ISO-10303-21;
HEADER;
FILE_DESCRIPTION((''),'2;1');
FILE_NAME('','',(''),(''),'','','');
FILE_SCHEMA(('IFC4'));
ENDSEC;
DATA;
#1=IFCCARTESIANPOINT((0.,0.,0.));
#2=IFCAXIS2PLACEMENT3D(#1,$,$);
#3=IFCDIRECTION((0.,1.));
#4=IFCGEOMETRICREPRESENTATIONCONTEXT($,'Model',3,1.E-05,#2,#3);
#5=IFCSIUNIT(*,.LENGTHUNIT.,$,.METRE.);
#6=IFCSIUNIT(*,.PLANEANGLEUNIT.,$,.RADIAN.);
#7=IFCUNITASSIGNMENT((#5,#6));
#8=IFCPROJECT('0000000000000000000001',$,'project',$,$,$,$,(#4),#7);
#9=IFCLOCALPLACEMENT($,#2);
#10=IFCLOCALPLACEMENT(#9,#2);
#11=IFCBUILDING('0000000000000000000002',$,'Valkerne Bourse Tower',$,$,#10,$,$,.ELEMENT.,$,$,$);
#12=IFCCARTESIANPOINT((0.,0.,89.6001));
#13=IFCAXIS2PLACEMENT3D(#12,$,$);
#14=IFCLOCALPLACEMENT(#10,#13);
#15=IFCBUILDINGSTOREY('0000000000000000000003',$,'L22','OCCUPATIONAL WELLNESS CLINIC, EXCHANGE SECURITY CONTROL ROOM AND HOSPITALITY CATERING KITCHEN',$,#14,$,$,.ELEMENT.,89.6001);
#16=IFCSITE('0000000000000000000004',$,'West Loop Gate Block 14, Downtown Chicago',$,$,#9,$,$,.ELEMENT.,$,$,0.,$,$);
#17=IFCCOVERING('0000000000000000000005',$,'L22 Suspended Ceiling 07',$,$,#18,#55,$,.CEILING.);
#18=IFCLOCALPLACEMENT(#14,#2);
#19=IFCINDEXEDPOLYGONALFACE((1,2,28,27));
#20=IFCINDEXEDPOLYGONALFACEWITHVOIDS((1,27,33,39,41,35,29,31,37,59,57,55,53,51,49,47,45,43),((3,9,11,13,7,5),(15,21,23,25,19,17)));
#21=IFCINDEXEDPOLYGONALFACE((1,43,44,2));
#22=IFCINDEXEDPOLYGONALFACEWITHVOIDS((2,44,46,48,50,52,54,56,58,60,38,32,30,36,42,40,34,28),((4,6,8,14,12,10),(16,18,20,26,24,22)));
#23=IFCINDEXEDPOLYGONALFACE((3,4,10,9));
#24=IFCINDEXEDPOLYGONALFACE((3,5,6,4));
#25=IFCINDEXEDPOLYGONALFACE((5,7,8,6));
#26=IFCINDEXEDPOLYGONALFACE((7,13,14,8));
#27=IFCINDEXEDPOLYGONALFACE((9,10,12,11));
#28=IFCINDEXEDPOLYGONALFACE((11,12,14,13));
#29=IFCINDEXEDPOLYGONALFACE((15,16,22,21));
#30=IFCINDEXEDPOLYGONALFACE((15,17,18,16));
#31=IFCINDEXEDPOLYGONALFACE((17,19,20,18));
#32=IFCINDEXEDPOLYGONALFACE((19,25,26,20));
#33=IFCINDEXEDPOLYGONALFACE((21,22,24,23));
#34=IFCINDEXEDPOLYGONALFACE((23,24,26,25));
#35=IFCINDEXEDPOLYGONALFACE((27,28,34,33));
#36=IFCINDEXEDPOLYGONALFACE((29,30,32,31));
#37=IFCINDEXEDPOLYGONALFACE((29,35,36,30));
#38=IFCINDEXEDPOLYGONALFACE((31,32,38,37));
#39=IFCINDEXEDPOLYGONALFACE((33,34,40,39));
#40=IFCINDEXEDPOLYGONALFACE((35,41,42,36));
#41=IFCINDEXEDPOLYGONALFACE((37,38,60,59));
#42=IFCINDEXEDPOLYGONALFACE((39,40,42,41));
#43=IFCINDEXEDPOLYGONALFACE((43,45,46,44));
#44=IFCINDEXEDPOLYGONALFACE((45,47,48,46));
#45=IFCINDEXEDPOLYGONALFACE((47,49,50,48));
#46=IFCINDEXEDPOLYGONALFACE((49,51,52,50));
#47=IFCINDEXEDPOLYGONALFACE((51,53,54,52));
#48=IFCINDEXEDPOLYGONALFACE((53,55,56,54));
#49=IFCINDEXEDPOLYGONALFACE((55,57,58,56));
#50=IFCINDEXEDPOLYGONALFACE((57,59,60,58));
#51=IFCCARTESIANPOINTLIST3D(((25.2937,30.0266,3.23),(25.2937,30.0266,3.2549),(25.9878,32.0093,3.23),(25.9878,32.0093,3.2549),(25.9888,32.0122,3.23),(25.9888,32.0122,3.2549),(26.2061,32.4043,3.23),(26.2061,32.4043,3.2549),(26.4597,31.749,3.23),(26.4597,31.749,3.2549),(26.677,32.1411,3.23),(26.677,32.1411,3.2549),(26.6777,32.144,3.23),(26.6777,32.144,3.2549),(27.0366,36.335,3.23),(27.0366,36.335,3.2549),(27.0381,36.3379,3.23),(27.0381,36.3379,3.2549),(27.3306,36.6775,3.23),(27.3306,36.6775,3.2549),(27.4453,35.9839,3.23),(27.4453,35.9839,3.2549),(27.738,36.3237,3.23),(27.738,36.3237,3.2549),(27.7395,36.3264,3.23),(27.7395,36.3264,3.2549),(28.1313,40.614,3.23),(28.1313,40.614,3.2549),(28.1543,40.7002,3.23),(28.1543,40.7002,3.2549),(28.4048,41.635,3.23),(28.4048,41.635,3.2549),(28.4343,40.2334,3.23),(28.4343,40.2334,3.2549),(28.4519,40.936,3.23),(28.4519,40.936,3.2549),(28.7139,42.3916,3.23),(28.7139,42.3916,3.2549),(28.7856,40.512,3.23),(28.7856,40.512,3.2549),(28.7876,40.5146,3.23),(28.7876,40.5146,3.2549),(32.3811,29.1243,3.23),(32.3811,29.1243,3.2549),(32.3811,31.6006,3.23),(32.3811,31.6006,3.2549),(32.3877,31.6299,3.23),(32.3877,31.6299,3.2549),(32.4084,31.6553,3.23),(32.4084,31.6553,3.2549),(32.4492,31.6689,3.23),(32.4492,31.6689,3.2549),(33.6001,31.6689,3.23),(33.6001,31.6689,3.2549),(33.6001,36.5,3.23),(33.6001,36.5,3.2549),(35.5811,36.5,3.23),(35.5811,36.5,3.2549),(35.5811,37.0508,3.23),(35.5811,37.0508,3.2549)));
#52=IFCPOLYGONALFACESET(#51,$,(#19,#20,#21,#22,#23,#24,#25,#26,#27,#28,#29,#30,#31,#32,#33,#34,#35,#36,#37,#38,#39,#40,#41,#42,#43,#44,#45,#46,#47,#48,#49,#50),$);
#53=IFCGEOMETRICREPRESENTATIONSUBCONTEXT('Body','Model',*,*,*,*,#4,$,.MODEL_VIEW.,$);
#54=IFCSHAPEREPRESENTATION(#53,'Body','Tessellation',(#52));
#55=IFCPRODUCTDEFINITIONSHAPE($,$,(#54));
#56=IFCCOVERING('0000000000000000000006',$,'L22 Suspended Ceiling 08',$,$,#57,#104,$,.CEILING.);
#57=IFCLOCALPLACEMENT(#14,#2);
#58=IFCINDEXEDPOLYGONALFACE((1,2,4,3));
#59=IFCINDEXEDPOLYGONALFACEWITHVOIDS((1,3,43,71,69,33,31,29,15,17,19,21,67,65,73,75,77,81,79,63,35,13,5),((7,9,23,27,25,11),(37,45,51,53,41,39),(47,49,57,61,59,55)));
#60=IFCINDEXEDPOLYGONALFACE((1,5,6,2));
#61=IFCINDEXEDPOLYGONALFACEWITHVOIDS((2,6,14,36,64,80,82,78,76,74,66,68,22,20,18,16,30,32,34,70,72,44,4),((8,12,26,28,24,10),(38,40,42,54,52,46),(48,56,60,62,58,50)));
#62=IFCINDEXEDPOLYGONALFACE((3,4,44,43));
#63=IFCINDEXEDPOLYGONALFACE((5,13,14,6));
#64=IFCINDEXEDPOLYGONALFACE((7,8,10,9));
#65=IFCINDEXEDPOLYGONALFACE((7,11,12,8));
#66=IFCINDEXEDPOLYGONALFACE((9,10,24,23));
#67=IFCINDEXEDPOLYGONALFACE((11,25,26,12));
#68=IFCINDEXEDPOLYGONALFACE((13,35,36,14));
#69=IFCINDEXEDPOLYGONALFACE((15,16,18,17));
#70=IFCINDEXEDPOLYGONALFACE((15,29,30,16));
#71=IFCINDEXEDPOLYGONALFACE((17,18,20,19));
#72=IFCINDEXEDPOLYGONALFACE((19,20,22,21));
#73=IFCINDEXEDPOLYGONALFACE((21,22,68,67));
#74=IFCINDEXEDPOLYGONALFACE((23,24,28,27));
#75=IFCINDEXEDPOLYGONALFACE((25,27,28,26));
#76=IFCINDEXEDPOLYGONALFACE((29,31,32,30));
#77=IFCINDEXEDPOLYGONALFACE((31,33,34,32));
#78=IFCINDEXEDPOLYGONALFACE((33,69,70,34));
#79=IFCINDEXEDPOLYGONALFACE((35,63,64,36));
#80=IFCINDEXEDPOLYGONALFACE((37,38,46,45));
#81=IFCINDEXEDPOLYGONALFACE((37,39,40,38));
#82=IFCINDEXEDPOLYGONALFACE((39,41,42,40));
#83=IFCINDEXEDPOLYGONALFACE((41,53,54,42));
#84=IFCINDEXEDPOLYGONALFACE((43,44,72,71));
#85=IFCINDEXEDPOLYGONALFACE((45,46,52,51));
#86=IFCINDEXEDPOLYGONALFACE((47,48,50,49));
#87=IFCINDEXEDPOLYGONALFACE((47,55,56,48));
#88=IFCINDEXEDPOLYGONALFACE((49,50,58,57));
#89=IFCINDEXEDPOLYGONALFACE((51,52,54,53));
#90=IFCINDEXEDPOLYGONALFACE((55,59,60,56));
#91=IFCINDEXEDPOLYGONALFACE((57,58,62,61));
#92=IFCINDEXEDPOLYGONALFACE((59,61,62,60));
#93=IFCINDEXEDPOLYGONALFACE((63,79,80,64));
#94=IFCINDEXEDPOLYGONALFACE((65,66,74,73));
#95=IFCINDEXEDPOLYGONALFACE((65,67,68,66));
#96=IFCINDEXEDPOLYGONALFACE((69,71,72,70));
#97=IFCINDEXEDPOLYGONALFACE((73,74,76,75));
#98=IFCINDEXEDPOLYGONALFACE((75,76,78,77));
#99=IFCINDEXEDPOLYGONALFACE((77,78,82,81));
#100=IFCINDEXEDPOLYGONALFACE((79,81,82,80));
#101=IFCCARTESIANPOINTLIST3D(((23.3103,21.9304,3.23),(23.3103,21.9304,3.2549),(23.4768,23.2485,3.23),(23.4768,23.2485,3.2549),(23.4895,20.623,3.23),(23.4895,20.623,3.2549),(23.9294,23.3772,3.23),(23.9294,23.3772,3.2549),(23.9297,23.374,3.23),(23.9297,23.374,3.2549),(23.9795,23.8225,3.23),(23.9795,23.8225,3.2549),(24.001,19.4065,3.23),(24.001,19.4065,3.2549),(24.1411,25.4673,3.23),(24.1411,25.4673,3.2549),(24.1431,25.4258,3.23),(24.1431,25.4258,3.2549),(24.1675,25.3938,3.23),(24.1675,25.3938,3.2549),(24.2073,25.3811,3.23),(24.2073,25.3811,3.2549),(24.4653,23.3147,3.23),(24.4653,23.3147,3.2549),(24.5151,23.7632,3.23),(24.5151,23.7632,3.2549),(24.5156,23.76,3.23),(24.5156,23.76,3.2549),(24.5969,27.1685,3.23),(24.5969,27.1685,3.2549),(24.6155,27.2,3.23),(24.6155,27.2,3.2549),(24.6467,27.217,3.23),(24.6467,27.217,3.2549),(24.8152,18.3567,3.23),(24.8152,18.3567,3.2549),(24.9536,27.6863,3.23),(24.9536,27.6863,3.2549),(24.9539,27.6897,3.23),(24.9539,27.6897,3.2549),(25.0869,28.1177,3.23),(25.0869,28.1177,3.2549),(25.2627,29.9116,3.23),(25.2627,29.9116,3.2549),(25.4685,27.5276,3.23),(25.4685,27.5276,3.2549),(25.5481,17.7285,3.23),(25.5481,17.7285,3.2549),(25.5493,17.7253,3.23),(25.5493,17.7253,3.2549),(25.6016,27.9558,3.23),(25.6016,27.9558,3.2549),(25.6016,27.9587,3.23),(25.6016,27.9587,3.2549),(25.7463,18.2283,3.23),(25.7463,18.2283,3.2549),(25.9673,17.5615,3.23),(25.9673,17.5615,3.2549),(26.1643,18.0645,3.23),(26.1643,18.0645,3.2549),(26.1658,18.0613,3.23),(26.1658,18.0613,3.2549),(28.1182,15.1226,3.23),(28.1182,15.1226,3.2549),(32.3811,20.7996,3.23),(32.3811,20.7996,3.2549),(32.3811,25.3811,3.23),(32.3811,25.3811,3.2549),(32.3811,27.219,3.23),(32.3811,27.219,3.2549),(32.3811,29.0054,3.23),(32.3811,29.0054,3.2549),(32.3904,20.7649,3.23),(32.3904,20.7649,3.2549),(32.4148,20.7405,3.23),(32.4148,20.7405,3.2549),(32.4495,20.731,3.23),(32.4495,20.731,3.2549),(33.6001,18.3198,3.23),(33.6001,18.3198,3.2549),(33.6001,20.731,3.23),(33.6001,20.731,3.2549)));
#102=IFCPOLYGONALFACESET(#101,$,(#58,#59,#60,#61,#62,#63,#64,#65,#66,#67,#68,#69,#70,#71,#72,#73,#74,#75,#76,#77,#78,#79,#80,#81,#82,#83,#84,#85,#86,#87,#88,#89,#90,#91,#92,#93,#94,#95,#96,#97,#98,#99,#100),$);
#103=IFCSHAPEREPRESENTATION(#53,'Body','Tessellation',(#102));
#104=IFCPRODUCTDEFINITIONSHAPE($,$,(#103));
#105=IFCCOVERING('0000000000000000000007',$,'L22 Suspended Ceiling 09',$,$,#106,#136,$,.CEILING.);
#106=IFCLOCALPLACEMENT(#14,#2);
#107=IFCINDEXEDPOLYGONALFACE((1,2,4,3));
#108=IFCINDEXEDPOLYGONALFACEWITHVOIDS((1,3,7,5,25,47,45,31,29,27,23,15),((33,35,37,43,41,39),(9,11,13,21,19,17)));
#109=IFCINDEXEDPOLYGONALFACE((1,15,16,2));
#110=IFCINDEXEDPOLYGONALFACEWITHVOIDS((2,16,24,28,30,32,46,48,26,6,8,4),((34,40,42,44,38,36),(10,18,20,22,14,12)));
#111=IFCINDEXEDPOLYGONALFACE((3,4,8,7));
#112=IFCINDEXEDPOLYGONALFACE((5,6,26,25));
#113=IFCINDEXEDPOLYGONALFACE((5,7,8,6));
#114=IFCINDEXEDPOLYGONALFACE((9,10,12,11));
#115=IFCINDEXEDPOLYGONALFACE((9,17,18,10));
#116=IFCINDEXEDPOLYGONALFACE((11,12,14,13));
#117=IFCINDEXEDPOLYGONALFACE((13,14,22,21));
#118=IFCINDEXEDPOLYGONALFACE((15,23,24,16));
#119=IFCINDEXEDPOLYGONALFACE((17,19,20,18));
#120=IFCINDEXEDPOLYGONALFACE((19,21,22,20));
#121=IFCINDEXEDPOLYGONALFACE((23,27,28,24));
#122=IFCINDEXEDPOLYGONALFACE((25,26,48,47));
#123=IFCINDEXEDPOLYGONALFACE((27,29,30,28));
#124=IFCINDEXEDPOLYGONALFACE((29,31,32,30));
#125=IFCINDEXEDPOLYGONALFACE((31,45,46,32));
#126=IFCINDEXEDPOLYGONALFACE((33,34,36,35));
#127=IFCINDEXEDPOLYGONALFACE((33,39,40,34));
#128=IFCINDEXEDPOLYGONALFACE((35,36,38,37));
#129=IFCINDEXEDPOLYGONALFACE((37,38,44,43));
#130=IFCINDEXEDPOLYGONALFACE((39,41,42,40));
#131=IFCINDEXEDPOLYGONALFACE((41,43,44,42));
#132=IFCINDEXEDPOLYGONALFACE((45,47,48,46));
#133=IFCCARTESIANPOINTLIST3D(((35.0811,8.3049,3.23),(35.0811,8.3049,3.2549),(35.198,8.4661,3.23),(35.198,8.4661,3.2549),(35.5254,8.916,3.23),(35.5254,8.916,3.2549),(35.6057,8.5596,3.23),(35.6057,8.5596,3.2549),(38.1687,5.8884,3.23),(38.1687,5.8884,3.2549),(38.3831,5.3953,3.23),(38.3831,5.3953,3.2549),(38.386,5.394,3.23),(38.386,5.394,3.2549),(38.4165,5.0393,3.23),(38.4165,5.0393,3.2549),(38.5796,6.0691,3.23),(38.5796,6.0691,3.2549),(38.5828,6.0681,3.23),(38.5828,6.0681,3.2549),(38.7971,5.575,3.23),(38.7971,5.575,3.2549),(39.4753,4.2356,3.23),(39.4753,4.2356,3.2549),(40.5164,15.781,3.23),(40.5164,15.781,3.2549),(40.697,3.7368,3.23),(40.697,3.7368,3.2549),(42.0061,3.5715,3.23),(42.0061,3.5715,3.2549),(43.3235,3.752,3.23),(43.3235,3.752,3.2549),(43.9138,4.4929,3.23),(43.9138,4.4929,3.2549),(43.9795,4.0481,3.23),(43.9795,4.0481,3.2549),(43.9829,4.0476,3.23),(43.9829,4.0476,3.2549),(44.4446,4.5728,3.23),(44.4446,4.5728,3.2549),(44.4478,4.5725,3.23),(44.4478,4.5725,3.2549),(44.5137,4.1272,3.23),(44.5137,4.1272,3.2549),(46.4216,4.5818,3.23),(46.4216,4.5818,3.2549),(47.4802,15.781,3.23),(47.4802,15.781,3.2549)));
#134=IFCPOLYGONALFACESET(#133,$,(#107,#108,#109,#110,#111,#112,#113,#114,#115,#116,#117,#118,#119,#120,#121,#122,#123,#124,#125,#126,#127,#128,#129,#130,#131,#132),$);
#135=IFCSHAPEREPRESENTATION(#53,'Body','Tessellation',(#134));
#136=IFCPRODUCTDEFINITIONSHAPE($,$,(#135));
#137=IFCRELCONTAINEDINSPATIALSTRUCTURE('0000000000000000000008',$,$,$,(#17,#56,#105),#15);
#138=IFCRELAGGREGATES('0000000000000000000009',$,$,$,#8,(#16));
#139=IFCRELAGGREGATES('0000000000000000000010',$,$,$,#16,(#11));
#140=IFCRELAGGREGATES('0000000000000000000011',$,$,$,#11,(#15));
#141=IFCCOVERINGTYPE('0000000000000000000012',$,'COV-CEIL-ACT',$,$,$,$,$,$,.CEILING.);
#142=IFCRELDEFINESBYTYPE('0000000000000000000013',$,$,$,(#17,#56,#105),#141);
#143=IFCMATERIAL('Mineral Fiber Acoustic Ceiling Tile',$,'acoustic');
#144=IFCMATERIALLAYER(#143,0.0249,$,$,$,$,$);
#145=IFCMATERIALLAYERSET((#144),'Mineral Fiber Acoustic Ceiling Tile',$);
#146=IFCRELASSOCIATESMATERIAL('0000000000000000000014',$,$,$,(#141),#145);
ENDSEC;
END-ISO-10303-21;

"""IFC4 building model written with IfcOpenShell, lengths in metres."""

from ifc_helpers import new_model, si_unit, direction, frame, origin, place, context, subcontext, project, spatial, polyline, outline, extrude, material, layer, layer_set, type_object, element, save


model = new_model("IFC4")

# Units and contexts
model_context = context("Model", 3, precision=1e-05, world=origin(), true_north=direction((0.0, 1.0)))
body_context = subcontext(model_context, "Body", "Model", "MODEL_VIEW")
ifc_project = project(units=[si_unit("LENGTHUNIT", "METRE"), si_unit("PLANEANGLEUNIT", "RADIAN")], contexts=[model_context])

# Site, building, storey
site_placement = place(None, origin())
site = spatial("IfcSite", under=ifc_project, at=site_placement, Name="West Loop Gate Block 14, Downtown Chicago", CompositionType="ELEMENT", RefElevation=0.0)
building_placement = place(site_placement, origin())
building = spatial("IfcBuilding", under=site, at=building_placement, Name="Valkerne Bourse Tower", CompositionType="ELEMENT")
storey_placement = place(building_placement, frame((0.0, 0.0, 89.6001)))
storey = spatial("IfcBuildingStorey", under=building, at=storey_placement, Name="L22", Description="OCCUPATIONAL WELLNESS CLINIC, EXCHANGE SECURITY CONTROL ROOM AND HOSPITALITY CATERING KITCHEN", CompositionType="ELEMENT", Elevation=89.6001)

# Coverings
ifc_material_1 = material(Name="Mineral Fiber Acoustic Ceiling Tile", Category="acoustic")
ifc_layer_1 = layer(ifc_material_1, 0.0249)
ifc_layer_set_1 = layer_set([ifc_layer_1], Name="Mineral Fiber Acoustic Ceiling Tile")
covering_type_1 = type_object("IfcCoveringType", Name="COV-CEIL-ACT", PredefinedType="CEILING", material=ifc_layer_set_1)
covering_1_placement = place(storey_placement, frame((0.0, 0.0, 3.23)))
element("IfcCovering", 1, at=covering_1_placement, inside=storey, type_object=covering_type_1, Name="L22 Suspended Ceiling 07", PredefinedType="CEILING", context=body_context, shape_type="SweptSolid", body=[
    extrude(outline(polyline([(35.5811, 37.0508), (35.5811, 36.5), (33.6001, 36.5), (33.6001, 31.6689), (32.4492, 31.6689), (32.4084, 31.6553), (32.3877, 31.6299), (32.3811, 31.6006), (32.3811, 29.1243), (25.2937, 30.0266), (28.1313, 40.614), (28.4343, 40.2334), (28.7856, 40.512), (28.7876, 40.5146), (28.4519, 40.936), (28.1543, 40.7002), (28.4048, 41.635), (28.7139, 42.3916), (35.5811, 37.0508)]), holes=[polyline([(26.677, 32.1411), (26.6777, 32.144), (26.2061, 32.4043), (25.9888, 32.0122), (25.9878, 32.0093), (26.4597, 31.749), (26.677, 32.1411)]), polyline([(27.7395, 36.3264), (27.3306, 36.6775), (27.0381, 36.3379), (27.0366, 36.335), (27.4453, 35.9839), (27.738, 36.3237), (27.7395, 36.3264)])]), origin(), (0.0, 0.0, 1.0), 0.0249),
])
covering_2_placement = place(storey_placement, frame((0.0, 0.0, 3.23)))
element("IfcCovering", 2, at=covering_2_placement, inside=storey, type_object=covering_type_1, Name="L22 Suspended Ceiling 08", PredefinedType="CEILING", context=body_context, shape_type="SweptSolid", body=[
    extrude(outline(polyline([(23.4895, 20.623), (23.3103, 21.9304), (23.4768, 23.2485), (25.2627, 29.9116), (32.3811, 29.0054), (32.3811, 27.219), (24.6467, 27.217), (24.6155, 27.2), (24.5969, 27.1685), (24.1411, 25.4673), (24.1431, 25.4258), (24.1675, 25.3938), (24.2073, 25.3811), (32.3811, 25.3811), (32.3811, 20.7996), (32.3904, 20.7649), (32.4148, 20.7405), (32.4495, 20.731), (33.6001, 20.731), (33.6001, 18.3198), (28.1182, 15.1226), (24.8152, 18.3567), (24.001, 19.4065), (23.4895, 20.623)]), holes=[polyline([(26.1658, 18.0613), (26.1643, 18.0645), (25.7463, 18.2283), (25.5481, 17.7285), (25.5493, 17.7253), (25.9673, 17.5615), (26.1658, 18.0613)]), polyline([(24.5151, 23.7632), (23.9795, 23.8225), (23.9294, 23.3772), (23.9297, 23.374), (24.4653, 23.3147), (24.5156, 23.76), (24.5151, 23.7632)]), polyline([(25.6016, 27.9587), (25.0869, 28.1177), (24.9539, 27.6897), (24.9536, 27.6863), (25.4685, 27.5276), (25.6016, 27.9558), (25.6016, 27.9587)])]), origin(), (0.0, 0.0, 1.0), 0.0249),
])
covering_3_placement = place(storey_placement, frame((0.0, 0.0, 3.23)))
element("IfcCovering", 3, at=covering_3_placement, inside=storey, type_object=covering_type_1, Name="L22 Suspended Ceiling 09", PredefinedType="CEILING", context=body_context, shape_type="SweptSolid", body=[
    extrude(outline(polyline([(40.697, 3.7368), (39.4753, 4.2356), (38.4165, 5.0393), (35.0811, 8.3049), (35.198, 8.4661), (35.6057, 8.5596), (35.5254, 8.916), (40.5164, 15.781), (47.4802, 15.781), (46.4216, 4.5818), (43.3235, 3.752), (42.0061, 3.5715), (40.697, 3.7368)]), holes=[polyline([(44.5137, 4.1272), (44.4478, 4.5725), (44.4446, 4.5728), (43.9138, 4.4929), (43.9795, 4.0481), (43.9829, 4.0476), (44.5137, 4.1272)]), polyline([(38.5828, 6.0681), (38.5796, 6.0691), (38.1687, 5.8884), (38.3831, 5.3953), (38.386, 5.394), (38.7971, 5.575), (38.5828, 6.0681)])]), origin(), (0.0, 0.0, 1.0), 0.0249),
])

save(model, "model.ifc")
